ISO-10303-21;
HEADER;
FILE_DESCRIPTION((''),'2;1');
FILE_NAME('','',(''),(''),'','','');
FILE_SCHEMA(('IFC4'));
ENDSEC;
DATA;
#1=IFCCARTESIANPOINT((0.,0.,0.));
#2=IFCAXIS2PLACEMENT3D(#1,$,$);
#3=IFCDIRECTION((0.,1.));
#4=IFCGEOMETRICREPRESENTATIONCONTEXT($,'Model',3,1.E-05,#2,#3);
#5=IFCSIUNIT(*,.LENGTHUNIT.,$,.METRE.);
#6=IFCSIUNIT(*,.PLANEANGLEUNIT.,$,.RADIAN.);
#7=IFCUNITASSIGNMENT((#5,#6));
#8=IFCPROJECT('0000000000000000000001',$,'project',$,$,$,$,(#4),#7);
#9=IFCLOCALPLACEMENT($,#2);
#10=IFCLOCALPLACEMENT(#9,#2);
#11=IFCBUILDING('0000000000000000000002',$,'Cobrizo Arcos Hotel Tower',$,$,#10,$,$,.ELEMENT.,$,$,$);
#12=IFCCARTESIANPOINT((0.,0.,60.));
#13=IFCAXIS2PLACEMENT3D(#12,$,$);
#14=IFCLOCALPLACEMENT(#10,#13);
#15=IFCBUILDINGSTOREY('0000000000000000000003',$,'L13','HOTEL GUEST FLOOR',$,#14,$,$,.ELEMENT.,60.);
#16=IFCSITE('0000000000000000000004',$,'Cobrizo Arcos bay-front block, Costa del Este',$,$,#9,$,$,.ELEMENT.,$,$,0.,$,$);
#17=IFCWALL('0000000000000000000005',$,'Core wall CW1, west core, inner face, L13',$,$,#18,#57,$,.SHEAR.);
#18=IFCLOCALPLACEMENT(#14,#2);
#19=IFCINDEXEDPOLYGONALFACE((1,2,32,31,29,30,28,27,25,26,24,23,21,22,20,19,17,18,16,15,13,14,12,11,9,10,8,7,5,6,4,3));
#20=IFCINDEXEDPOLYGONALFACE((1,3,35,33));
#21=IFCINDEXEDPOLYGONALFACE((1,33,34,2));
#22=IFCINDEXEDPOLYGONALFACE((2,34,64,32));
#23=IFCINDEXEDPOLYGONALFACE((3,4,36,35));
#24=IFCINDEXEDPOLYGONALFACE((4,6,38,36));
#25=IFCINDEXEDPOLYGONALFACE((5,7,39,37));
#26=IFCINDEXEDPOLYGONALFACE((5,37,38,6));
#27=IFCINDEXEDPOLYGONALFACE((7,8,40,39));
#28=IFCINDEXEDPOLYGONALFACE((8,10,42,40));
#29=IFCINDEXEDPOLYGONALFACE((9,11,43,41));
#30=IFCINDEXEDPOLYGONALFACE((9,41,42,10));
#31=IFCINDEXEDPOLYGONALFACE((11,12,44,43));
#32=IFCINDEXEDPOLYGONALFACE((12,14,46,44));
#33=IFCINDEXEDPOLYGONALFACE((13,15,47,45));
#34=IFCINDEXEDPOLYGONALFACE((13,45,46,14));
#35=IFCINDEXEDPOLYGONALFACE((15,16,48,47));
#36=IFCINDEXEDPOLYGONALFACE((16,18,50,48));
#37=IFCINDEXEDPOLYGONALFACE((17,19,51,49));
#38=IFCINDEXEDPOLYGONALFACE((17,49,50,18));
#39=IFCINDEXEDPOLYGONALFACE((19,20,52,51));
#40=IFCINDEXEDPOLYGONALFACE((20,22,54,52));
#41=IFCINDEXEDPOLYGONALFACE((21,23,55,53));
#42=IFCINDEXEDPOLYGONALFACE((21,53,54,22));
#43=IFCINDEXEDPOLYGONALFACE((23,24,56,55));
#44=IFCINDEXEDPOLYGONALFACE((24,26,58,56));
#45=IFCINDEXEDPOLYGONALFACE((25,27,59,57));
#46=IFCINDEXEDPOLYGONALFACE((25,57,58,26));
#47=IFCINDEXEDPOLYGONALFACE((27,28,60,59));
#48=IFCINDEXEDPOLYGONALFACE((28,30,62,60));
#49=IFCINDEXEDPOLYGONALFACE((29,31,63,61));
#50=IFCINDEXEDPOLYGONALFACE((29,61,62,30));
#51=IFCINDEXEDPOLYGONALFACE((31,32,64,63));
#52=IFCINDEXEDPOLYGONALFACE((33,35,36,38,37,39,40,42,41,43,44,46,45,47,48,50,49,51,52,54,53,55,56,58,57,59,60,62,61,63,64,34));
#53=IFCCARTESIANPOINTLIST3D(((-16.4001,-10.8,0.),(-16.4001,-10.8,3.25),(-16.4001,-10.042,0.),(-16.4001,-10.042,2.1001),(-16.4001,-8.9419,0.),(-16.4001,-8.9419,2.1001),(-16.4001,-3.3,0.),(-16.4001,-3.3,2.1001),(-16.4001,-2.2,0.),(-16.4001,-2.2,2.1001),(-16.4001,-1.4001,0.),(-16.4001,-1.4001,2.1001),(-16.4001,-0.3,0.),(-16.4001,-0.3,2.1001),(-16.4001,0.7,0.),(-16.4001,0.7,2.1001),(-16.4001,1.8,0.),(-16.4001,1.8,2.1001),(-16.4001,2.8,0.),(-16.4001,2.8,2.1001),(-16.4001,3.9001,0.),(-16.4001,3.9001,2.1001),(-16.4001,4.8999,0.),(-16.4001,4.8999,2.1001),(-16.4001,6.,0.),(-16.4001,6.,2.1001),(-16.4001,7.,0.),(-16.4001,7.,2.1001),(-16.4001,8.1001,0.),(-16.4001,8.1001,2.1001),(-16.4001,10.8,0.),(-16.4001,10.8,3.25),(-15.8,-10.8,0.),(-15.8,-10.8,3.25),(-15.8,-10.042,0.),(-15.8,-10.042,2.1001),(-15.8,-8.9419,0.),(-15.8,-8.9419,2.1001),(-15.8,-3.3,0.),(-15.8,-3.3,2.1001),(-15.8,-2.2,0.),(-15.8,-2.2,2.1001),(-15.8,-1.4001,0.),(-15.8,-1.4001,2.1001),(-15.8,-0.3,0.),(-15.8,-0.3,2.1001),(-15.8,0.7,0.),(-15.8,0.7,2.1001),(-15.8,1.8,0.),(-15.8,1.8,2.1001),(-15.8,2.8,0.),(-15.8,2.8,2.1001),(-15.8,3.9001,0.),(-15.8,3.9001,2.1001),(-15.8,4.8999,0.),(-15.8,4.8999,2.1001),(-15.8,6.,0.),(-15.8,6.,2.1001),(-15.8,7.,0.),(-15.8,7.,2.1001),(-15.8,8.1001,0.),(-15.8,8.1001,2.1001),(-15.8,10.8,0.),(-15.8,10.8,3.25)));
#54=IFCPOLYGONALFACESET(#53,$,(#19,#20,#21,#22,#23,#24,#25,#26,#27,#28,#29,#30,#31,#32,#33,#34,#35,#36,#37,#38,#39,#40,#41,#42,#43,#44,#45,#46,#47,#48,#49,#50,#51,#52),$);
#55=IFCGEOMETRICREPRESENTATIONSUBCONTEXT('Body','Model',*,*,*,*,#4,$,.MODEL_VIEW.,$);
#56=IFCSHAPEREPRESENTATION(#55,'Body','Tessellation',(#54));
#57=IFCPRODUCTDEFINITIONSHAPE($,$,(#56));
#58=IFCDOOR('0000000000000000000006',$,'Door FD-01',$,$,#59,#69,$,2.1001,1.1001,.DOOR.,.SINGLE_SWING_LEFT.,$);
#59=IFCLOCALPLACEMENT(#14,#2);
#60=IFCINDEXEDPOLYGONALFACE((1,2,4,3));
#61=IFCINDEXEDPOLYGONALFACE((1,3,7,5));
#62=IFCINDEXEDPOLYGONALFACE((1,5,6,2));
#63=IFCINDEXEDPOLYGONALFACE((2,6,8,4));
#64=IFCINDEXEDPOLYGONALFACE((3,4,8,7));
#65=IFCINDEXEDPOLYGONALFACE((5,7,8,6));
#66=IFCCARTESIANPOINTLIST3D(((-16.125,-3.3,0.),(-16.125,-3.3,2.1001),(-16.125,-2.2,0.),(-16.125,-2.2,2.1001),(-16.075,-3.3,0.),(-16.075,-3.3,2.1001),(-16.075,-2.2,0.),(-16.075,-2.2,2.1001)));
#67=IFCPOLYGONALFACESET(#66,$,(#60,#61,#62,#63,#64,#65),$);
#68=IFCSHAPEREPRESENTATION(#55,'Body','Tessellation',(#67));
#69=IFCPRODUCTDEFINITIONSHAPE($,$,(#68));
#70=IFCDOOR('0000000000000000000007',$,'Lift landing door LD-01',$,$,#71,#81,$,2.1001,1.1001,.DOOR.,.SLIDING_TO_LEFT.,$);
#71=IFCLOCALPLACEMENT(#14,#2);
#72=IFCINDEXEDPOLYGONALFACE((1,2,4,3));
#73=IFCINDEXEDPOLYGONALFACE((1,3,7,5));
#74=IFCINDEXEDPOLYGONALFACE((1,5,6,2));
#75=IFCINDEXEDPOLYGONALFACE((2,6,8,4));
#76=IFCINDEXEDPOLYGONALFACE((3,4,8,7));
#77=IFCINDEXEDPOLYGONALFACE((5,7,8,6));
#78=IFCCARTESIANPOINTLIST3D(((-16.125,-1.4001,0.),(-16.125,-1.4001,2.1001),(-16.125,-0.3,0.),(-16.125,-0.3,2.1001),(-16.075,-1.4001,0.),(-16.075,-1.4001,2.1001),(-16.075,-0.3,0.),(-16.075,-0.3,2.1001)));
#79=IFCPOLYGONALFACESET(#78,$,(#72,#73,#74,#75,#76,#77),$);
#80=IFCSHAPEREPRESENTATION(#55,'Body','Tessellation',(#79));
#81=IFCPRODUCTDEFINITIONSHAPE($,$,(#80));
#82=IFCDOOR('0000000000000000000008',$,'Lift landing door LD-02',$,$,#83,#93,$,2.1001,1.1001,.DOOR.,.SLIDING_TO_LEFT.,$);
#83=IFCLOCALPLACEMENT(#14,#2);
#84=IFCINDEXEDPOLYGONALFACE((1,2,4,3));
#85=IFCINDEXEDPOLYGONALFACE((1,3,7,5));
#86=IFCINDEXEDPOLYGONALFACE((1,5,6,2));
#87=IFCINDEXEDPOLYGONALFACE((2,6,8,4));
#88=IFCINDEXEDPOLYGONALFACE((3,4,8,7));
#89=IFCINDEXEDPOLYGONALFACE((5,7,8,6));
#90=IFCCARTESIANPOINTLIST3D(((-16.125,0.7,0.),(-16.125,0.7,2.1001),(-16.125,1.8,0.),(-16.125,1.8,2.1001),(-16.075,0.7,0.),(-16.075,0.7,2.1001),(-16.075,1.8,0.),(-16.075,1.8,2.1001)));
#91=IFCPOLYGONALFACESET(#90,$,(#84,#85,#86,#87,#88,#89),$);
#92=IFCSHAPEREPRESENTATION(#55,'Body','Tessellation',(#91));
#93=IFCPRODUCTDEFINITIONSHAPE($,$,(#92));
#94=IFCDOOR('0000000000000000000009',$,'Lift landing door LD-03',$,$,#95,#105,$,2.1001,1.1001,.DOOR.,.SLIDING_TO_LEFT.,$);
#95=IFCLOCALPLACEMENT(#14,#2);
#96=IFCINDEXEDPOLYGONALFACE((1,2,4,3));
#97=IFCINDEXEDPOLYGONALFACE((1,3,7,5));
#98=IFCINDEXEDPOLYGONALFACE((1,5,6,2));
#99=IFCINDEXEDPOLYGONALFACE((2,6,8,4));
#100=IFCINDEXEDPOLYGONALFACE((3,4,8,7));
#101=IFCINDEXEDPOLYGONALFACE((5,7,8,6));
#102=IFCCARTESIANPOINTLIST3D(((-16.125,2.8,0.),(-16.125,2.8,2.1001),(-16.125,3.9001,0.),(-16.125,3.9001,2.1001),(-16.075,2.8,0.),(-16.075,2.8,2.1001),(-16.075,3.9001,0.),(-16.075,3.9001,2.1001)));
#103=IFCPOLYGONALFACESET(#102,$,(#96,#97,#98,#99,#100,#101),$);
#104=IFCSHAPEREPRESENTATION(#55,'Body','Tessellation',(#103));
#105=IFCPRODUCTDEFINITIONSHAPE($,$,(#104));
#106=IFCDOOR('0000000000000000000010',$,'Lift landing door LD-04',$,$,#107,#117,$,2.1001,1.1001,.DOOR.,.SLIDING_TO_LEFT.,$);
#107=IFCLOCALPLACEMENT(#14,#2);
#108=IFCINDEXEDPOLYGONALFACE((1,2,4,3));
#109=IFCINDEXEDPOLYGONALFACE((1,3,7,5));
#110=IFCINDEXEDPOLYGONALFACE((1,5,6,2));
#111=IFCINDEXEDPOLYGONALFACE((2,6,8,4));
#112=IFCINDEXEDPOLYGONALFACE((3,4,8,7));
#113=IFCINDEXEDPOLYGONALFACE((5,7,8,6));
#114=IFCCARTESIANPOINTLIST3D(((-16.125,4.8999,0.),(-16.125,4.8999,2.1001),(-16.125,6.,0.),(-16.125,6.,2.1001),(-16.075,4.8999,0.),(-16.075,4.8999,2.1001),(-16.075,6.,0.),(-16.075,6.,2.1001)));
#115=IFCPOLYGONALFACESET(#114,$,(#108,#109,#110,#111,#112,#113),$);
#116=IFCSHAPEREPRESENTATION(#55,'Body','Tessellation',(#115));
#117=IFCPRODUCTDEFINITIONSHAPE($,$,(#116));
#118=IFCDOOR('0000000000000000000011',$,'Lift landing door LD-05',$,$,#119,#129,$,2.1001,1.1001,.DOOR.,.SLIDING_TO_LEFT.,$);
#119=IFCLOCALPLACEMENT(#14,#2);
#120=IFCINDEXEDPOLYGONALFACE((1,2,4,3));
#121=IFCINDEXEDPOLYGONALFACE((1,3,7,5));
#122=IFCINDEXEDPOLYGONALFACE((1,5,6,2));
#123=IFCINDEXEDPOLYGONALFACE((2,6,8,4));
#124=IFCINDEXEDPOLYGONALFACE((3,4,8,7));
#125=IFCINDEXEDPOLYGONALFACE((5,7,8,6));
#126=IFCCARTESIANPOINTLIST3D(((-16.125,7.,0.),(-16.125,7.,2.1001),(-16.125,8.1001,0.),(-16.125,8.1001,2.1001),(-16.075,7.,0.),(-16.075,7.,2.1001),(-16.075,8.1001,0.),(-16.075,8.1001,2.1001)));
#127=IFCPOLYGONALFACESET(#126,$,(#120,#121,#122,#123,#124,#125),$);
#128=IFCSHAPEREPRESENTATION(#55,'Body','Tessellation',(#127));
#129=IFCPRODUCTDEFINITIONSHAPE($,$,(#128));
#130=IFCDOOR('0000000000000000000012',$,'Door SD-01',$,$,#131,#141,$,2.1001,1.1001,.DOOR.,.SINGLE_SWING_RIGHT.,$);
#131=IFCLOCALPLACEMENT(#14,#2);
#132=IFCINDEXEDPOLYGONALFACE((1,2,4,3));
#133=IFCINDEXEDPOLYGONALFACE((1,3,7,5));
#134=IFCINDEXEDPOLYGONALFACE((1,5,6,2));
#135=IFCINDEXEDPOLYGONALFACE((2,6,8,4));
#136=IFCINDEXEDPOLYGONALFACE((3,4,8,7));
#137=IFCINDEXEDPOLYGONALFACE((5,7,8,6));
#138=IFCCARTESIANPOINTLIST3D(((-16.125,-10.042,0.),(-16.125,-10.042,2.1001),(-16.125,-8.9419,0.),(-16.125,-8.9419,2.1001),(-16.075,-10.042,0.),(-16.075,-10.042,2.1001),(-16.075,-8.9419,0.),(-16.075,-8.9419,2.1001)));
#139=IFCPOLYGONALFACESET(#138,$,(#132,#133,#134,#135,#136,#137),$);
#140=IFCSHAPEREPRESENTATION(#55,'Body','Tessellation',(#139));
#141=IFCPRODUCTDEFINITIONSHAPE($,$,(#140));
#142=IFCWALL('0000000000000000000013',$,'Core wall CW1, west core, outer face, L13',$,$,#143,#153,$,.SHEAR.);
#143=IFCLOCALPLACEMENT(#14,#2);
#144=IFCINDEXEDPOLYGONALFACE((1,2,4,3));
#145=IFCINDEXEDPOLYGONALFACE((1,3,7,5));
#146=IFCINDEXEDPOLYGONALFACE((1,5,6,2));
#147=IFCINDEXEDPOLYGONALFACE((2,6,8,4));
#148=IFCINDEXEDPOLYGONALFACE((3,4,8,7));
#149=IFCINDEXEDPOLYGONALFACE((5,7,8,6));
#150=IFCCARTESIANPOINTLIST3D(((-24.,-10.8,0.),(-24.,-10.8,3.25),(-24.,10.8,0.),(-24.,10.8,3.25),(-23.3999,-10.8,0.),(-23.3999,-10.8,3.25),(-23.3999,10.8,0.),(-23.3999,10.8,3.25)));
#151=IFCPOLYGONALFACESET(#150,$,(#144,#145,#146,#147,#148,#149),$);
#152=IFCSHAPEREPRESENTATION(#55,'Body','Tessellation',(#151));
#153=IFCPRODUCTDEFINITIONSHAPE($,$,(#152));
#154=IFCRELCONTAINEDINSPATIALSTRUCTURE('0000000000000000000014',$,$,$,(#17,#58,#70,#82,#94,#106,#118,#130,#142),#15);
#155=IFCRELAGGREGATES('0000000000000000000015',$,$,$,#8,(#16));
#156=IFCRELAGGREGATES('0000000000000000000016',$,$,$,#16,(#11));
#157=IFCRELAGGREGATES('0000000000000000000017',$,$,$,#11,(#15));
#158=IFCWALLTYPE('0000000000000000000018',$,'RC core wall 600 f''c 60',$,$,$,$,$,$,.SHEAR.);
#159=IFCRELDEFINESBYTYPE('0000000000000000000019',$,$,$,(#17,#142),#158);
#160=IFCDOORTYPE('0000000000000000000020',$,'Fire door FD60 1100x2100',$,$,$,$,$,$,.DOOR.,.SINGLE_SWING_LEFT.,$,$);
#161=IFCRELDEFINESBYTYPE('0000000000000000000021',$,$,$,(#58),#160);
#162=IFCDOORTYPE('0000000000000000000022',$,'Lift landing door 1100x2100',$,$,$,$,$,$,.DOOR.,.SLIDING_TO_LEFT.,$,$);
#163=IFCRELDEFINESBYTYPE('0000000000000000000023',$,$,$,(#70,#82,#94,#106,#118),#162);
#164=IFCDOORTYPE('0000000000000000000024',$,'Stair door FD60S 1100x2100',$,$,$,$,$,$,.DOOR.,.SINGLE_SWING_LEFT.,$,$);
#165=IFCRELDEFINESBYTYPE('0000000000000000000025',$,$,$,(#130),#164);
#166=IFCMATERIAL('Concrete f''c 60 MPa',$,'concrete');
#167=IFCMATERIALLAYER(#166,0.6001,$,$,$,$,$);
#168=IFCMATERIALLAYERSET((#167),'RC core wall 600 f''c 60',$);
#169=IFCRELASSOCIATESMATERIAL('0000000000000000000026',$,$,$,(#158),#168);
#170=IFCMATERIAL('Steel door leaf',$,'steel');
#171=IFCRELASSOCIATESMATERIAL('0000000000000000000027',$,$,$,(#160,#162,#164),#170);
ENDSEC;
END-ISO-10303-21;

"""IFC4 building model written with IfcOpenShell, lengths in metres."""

from ifc_helpers import new_model, si_unit, direction, frame, frame_2d, origin, place, context, subcontext, project, spatial, rectangle, extrude, material, layer, layer_set, type_object, element, fill, save


model = new_model("IFC4")

# Units and contexts
model_context = context("Model", 3, precision=1e-05, world=origin(), true_north=direction((0.0, 1.0)))
body_context = subcontext(model_context, "Body", "Model", "MODEL_VIEW")
ifc_project = project(units=[si_unit("LENGTHUNIT", "METRE"), si_unit("PLANEANGLEUNIT", "RADIAN")], contexts=[model_context])

# Site, building, storey
site_placement = place(None, origin())
site = spatial("IfcSite", under=ifc_project, at=site_placement, Name="Cobrizo Arcos bay-front block, Costa del Este", CompositionType="ELEMENT", RefElevation=0.0)
building_placement = place(site_placement, origin())
building = spatial("IfcBuilding", under=site, at=building_placement, Name="Cobrizo Arcos Hotel Tower", CompositionType="ELEMENT")
storey_placement = place(building_placement, frame((0.0, 0.0, 60.0)))
storey = spatial("IfcBuildingStorey", under=building, at=storey_placement, Name="L13", Description="HOTEL GUEST FLOOR", CompositionType="ELEMENT", Elevation=60.0)

# Wall, openings, doors
ifc_material_1 = material(Name="Concrete f'c 60 MPa", Category="concrete")
ifc_layer_1 = layer(ifc_material_1, 0.6001)
ifc_layer_set_1 = layer_set([ifc_layer_1], Name="RC core wall 600 f'c 60")
wall_type_1 = type_object("IfcWallType", Name="RC core wall 600 f'c 60", PredefinedType="SHEAR", material=ifc_layer_set_1)
wall_1_placement = place(storey_placement, frame((-16.1001, -10.8, 0.0), z_axis=(0.0, 0.0, 1.0), x_axis=(0.0, 1.0, 0.0)))
wall_1 = element("IfcWall", 1, at=wall_1_placement, inside=storey, type_object=wall_type_1, Name="Core wall CW1, west core, inner face, L13", PredefinedType="SHEAR", context=body_context, shape_type="SweptSolid", body=[
    extrude(rectangle(XDim=21.6001, YDim=0.6001, at=frame_2d((10.8, 0.0))), origin(), (0.0, 0.0, 1.0), 3.25),
])
opening_1_placement = place(wall_1_placement, frame((9.3999, 0.0, 0.0)))
opening_1 = element("IfcOpeningElement", 2, at=opening_1_placement, cuts=wall_1, PredefinedType="OPENING", context=body_context, shape_type="SweptSolid", body=[
    extrude(rectangle(XDim=1.1001, YDim=2.1001, at=frame_2d((0.55, 1.05))), frame((0.0, 0.312, 0.0), z_axis=(0.0, -1.0, 0.0), x_axis=(1.0, 0.0, 0.0)), (0.0, 0.0, 1.0), 0.624),
])
opening_2_placement = place(wall_1_placement, frame((11.5, 0.0, 0.0)))
opening_2 = element("IfcOpeningElement", 3, at=opening_2_placement, cuts=wall_1, PredefinedType="OPENING", context=body_context, shape_type="SweptSolid", body=[
    extrude(rectangle(XDim=1.1001, YDim=2.1001, at=frame_2d((0.55, 1.05))), frame((0.0, 0.312, 0.0), z_axis=(0.0, -1.0, 0.0), x_axis=(1.0, 0.0, 0.0)), (0.0, 0.0, 1.0), 0.624),
])
opening_3_placement = place(wall_1_placement, frame((13.6001, 0.0, 0.0)))
opening_3 = element("IfcOpeningElement", 4, at=opening_3_placement, cuts=wall_1, PredefinedType="OPENING", context=body_context, shape_type="SweptSolid", body=[
    extrude(rectangle(XDim=1.1001, YDim=2.1001, at=frame_2d((0.55, 1.05))), frame((0.0, 0.312, 0.0), z_axis=(0.0, -1.0, 0.0), x_axis=(1.0, 0.0, 0.0)), (0.0, 0.0, 1.0), 0.624),
])
opening_4_placement = place(wall_1_placement, frame((15.7, 0.0, 0.0)))
opening_4 = element("IfcOpeningElement", 5, at=opening_4_placement, cuts=wall_1, PredefinedType="OPENING", context=body_context, shape_type="SweptSolid", body=[
    extrude(rectangle(XDim=1.1001, YDim=2.1001, at=frame_2d((0.55, 1.05))), frame((0.0, 0.312, 0.0), z_axis=(0.0, -1.0, 0.0), x_axis=(1.0, 0.0, 0.0)), (0.0, 0.0, 1.0), 0.624),
])
opening_5_placement = place(wall_1_placement, frame((17.8, 0.0, 0.0)))
opening_5 = element("IfcOpeningElement", 6, at=opening_5_placement, cuts=wall_1, PredefinedType="OPENING", context=body_context, shape_type="SweptSolid", body=[
    extrude(rectangle(XDim=1.1001, YDim=2.1001, at=frame_2d((0.55, 1.05))), frame((0.0, 0.312, 0.0), z_axis=(0.0, -1.0, 0.0), x_axis=(1.0, 0.0, 0.0)), (0.0, 0.0, 1.0), 0.624),
])
opening_6_placement = place(wall_1_placement, frame((0.7581, 0.0, 0.0)))
opening_6 = element("IfcOpeningElement", 7, at=opening_6_placement, cuts=wall_1, PredefinedType="OPENING", context=body_context, shape_type="SweptSolid", body=[
    extrude(rectangle(XDim=1.1001, YDim=2.1001, at=frame_2d((0.55, 1.05))), frame((0.0, 0.312, 0.0), z_axis=(0.0, -1.0, 0.0), x_axis=(1.0, 0.0, 0.0)), (0.0, 0.0, 1.0), 0.624),
])
opening_7_placement = place(wall_1_placement, frame((7.5, 0.0, 0.0)))
opening_7 = element("IfcOpeningElement", 8, at=opening_7_placement, cuts=wall_1, PredefinedType="OPENING", context=body_context, shape_type="SweptSolid", body=[
    extrude(rectangle(XDim=1.1001, YDim=2.1001, at=frame_2d((0.55, 1.05))), frame((0.0, 0.312, 0.0), z_axis=(0.0, -1.0, 0.0), x_axis=(1.0, 0.0, 0.0)), (0.0, 0.0, 1.0), 0.624),
])
ifc_material_2 = material(Name="Steel door leaf", Category="steel")
door_type_1 = type_object("IfcDoorType", Name="Fire door FD60 1100x2100", OperationType="SINGLE_SWING_LEFT", PredefinedType="DOOR", material=ifc_material_2)
door_1_placement = place(opening_7_placement, origin())
door_1 = element("IfcDoor", 9, at=door_1_placement, inside=storey, type_object=door_type_1, Name="Door FD-01", OperationType="SINGLE_SWING_LEFT", OverallHeight=2.1001, OverallWidth=1.1001, PredefinedType="DOOR", context=body_context, shape_type="SweptSolid", body=[
    extrude(rectangle(XDim=1.1001, YDim=2.1001, at=frame_2d((0.55, 1.05))), frame((0.0, 0.0249, 0.0), z_axis=(0.0, -1.0, 0.0), x_axis=(1.0, 0.0, 0.0)), (0.0, 0.0, 1.0), 0.05),
])
fill(opening_7, door_1)
door_type_2 = type_object("IfcDoorType", Name="Lift landing door 1100x2100", OperationType="SLIDING_TO_LEFT", PredefinedType="DOOR", material=ifc_material_2)
door_2_placement = place(opening_1_placement, origin())
door_2 = element("IfcDoor", 10, at=door_2_placement, inside=storey, type_object=door_type_2, Name="Lift landing door LD-01", OperationType="SLIDING_TO_LEFT", OverallHeight=2.1001, OverallWidth=1.1001, PredefinedType="DOOR", context=body_context, shape_type="SweptSolid", body=[
    extrude(rectangle(XDim=1.1001, YDim=2.1001, at=frame_2d((0.55, 1.05))), frame((0.0, 0.0249, 0.0), z_axis=(0.0, -1.0, 0.0), x_axis=(1.0, 0.0, 0.0)), (0.0, 0.0, 1.0), 0.05),
])
fill(opening_1, door_2)
door_3_placement = place(opening_2_placement, origin())
door_3 = element("IfcDoor", 11, at=door_3_placement, inside=storey, type_object=door_type_2, Name="Lift landing door LD-02", OperationType="SLIDING_TO_LEFT", OverallHeight=2.1001, OverallWidth=1.1001, PredefinedType="DOOR", context=body_context, shape_type="SweptSolid", body=[
    extrude(rectangle(XDim=1.1001, YDim=2.1001, at=frame_2d((0.55, 1.05))), frame((0.0, 0.0249, 0.0), z_axis=(0.0, -1.0, 0.0), x_axis=(1.0, 0.0, 0.0)), (0.0, 0.0, 1.0), 0.05),
])
fill(opening_2, door_3)
door_4_placement = place(opening_3_placement, origin())
door_4 = element("IfcDoor", 12, at=door_4_placement, inside=storey, type_object=door_type_2, Name="Lift landing door LD-03", OperationType="SLIDING_TO_LEFT", OverallHeight=2.1001, OverallWidth=1.1001, PredefinedType="DOOR", context=body_context, shape_type="SweptSolid", body=[
    extrude(rectangle(XDim=1.1001, YDim=2.1001, at=frame_2d((0.55, 1.05))), frame((0.0, 0.0249, 0.0), z_axis=(0.0, -1.0, 0.0), x_axis=(1.0, 0.0, 0.0)), (0.0, 0.0, 1.0), 0.05),
])
fill(opening_3, door_4)
door_5_placement = place(opening_4_placement, origin())
door_5 = element("IfcDoor", 13, at=door_5_placement, inside=storey, type_object=door_type_2, Name="Lift landing door LD-04", OperationType="SLIDING_TO_LEFT", OverallHeight=2.1001, OverallWidth=1.1001, PredefinedType="DOOR", context=body_context, shape_type="SweptSolid", body=[
    extrude(rectangle(XDim=1.1001, YDim=2.1001, at=frame_2d((0.55, 1.05))), frame((0.0, 0.0249, 0.0), z_axis=(0.0, -1.0, 0.0), x_axis=(1.0, 0.0, 0.0)), (0.0, 0.0, 1.0), 0.05),
])
fill(opening_4, door_5)
door_6_placement = place(opening_5_placement, origin())
door_6 = element("IfcDoor", 14, at=door_6_placement, inside=storey, type_object=door_type_2, Name="Lift landing door LD-05", OperationType="SLIDING_TO_LEFT", OverallHeight=2.1001, OverallWidth=1.1001, PredefinedType="DOOR", context=body_context, shape_type="SweptSolid", body=[
    extrude(rectangle(XDim=1.1001, YDim=2.1001, at=frame_2d((0.55, 1.05))), frame((0.0, 0.0249, 0.0), z_axis=(0.0, -1.0, 0.0), x_axis=(1.0, 0.0, 0.0)), (0.0, 0.0, 1.0), 0.05),
])
fill(opening_5, door_6)
door_type_3 = type_object("IfcDoorType", Name="Stair door FD60S 1100x2100", OperationType="SINGLE_SWING_LEFT", PredefinedType="DOOR", material=ifc_material_2)
door_7_placement = place(opening_6_placement, origin())
door_7 = element("IfcDoor", 15, at=door_7_placement, inside=storey, type_object=door_type_3, Name="Door SD-01", OperationType="SINGLE_SWING_RIGHT", OverallHeight=2.1001, OverallWidth=1.1001, PredefinedType="DOOR", context=body_context, shape_type="SweptSolid", body=[
    extrude(rectangle(XDim=1.1001, YDim=2.1001, at=frame_2d((0.55, 1.05))), frame((0.0, 0.0249, 0.0), z_axis=(0.0, -1.0, 0.0), x_axis=(1.0, 0.0, 0.0)), (0.0, 0.0, 1.0), 0.05),
])
fill(opening_6, door_7)

# Wall
wall_2_placement = place(storey_placement, frame((-23.7, -10.8, 0.0), z_axis=(0.0, 0.0, 1.0), x_axis=(0.0, 1.0, 0.0)))
element("IfcWall", 16, at=wall_2_placement, inside=storey, type_object=wall_type_1, Name="Core wall CW1, west core, outer face, L13", PredefinedType="SHEAR", context=body_context, shape_type="SweptSolid", body=[
    extrude(rectangle(XDim=21.6001, YDim=0.6001, at=frame_2d((10.8, 0.0))), origin(), (0.0, 0.0, 1.0), 3.25),
])

save(model, "model.ifc")
